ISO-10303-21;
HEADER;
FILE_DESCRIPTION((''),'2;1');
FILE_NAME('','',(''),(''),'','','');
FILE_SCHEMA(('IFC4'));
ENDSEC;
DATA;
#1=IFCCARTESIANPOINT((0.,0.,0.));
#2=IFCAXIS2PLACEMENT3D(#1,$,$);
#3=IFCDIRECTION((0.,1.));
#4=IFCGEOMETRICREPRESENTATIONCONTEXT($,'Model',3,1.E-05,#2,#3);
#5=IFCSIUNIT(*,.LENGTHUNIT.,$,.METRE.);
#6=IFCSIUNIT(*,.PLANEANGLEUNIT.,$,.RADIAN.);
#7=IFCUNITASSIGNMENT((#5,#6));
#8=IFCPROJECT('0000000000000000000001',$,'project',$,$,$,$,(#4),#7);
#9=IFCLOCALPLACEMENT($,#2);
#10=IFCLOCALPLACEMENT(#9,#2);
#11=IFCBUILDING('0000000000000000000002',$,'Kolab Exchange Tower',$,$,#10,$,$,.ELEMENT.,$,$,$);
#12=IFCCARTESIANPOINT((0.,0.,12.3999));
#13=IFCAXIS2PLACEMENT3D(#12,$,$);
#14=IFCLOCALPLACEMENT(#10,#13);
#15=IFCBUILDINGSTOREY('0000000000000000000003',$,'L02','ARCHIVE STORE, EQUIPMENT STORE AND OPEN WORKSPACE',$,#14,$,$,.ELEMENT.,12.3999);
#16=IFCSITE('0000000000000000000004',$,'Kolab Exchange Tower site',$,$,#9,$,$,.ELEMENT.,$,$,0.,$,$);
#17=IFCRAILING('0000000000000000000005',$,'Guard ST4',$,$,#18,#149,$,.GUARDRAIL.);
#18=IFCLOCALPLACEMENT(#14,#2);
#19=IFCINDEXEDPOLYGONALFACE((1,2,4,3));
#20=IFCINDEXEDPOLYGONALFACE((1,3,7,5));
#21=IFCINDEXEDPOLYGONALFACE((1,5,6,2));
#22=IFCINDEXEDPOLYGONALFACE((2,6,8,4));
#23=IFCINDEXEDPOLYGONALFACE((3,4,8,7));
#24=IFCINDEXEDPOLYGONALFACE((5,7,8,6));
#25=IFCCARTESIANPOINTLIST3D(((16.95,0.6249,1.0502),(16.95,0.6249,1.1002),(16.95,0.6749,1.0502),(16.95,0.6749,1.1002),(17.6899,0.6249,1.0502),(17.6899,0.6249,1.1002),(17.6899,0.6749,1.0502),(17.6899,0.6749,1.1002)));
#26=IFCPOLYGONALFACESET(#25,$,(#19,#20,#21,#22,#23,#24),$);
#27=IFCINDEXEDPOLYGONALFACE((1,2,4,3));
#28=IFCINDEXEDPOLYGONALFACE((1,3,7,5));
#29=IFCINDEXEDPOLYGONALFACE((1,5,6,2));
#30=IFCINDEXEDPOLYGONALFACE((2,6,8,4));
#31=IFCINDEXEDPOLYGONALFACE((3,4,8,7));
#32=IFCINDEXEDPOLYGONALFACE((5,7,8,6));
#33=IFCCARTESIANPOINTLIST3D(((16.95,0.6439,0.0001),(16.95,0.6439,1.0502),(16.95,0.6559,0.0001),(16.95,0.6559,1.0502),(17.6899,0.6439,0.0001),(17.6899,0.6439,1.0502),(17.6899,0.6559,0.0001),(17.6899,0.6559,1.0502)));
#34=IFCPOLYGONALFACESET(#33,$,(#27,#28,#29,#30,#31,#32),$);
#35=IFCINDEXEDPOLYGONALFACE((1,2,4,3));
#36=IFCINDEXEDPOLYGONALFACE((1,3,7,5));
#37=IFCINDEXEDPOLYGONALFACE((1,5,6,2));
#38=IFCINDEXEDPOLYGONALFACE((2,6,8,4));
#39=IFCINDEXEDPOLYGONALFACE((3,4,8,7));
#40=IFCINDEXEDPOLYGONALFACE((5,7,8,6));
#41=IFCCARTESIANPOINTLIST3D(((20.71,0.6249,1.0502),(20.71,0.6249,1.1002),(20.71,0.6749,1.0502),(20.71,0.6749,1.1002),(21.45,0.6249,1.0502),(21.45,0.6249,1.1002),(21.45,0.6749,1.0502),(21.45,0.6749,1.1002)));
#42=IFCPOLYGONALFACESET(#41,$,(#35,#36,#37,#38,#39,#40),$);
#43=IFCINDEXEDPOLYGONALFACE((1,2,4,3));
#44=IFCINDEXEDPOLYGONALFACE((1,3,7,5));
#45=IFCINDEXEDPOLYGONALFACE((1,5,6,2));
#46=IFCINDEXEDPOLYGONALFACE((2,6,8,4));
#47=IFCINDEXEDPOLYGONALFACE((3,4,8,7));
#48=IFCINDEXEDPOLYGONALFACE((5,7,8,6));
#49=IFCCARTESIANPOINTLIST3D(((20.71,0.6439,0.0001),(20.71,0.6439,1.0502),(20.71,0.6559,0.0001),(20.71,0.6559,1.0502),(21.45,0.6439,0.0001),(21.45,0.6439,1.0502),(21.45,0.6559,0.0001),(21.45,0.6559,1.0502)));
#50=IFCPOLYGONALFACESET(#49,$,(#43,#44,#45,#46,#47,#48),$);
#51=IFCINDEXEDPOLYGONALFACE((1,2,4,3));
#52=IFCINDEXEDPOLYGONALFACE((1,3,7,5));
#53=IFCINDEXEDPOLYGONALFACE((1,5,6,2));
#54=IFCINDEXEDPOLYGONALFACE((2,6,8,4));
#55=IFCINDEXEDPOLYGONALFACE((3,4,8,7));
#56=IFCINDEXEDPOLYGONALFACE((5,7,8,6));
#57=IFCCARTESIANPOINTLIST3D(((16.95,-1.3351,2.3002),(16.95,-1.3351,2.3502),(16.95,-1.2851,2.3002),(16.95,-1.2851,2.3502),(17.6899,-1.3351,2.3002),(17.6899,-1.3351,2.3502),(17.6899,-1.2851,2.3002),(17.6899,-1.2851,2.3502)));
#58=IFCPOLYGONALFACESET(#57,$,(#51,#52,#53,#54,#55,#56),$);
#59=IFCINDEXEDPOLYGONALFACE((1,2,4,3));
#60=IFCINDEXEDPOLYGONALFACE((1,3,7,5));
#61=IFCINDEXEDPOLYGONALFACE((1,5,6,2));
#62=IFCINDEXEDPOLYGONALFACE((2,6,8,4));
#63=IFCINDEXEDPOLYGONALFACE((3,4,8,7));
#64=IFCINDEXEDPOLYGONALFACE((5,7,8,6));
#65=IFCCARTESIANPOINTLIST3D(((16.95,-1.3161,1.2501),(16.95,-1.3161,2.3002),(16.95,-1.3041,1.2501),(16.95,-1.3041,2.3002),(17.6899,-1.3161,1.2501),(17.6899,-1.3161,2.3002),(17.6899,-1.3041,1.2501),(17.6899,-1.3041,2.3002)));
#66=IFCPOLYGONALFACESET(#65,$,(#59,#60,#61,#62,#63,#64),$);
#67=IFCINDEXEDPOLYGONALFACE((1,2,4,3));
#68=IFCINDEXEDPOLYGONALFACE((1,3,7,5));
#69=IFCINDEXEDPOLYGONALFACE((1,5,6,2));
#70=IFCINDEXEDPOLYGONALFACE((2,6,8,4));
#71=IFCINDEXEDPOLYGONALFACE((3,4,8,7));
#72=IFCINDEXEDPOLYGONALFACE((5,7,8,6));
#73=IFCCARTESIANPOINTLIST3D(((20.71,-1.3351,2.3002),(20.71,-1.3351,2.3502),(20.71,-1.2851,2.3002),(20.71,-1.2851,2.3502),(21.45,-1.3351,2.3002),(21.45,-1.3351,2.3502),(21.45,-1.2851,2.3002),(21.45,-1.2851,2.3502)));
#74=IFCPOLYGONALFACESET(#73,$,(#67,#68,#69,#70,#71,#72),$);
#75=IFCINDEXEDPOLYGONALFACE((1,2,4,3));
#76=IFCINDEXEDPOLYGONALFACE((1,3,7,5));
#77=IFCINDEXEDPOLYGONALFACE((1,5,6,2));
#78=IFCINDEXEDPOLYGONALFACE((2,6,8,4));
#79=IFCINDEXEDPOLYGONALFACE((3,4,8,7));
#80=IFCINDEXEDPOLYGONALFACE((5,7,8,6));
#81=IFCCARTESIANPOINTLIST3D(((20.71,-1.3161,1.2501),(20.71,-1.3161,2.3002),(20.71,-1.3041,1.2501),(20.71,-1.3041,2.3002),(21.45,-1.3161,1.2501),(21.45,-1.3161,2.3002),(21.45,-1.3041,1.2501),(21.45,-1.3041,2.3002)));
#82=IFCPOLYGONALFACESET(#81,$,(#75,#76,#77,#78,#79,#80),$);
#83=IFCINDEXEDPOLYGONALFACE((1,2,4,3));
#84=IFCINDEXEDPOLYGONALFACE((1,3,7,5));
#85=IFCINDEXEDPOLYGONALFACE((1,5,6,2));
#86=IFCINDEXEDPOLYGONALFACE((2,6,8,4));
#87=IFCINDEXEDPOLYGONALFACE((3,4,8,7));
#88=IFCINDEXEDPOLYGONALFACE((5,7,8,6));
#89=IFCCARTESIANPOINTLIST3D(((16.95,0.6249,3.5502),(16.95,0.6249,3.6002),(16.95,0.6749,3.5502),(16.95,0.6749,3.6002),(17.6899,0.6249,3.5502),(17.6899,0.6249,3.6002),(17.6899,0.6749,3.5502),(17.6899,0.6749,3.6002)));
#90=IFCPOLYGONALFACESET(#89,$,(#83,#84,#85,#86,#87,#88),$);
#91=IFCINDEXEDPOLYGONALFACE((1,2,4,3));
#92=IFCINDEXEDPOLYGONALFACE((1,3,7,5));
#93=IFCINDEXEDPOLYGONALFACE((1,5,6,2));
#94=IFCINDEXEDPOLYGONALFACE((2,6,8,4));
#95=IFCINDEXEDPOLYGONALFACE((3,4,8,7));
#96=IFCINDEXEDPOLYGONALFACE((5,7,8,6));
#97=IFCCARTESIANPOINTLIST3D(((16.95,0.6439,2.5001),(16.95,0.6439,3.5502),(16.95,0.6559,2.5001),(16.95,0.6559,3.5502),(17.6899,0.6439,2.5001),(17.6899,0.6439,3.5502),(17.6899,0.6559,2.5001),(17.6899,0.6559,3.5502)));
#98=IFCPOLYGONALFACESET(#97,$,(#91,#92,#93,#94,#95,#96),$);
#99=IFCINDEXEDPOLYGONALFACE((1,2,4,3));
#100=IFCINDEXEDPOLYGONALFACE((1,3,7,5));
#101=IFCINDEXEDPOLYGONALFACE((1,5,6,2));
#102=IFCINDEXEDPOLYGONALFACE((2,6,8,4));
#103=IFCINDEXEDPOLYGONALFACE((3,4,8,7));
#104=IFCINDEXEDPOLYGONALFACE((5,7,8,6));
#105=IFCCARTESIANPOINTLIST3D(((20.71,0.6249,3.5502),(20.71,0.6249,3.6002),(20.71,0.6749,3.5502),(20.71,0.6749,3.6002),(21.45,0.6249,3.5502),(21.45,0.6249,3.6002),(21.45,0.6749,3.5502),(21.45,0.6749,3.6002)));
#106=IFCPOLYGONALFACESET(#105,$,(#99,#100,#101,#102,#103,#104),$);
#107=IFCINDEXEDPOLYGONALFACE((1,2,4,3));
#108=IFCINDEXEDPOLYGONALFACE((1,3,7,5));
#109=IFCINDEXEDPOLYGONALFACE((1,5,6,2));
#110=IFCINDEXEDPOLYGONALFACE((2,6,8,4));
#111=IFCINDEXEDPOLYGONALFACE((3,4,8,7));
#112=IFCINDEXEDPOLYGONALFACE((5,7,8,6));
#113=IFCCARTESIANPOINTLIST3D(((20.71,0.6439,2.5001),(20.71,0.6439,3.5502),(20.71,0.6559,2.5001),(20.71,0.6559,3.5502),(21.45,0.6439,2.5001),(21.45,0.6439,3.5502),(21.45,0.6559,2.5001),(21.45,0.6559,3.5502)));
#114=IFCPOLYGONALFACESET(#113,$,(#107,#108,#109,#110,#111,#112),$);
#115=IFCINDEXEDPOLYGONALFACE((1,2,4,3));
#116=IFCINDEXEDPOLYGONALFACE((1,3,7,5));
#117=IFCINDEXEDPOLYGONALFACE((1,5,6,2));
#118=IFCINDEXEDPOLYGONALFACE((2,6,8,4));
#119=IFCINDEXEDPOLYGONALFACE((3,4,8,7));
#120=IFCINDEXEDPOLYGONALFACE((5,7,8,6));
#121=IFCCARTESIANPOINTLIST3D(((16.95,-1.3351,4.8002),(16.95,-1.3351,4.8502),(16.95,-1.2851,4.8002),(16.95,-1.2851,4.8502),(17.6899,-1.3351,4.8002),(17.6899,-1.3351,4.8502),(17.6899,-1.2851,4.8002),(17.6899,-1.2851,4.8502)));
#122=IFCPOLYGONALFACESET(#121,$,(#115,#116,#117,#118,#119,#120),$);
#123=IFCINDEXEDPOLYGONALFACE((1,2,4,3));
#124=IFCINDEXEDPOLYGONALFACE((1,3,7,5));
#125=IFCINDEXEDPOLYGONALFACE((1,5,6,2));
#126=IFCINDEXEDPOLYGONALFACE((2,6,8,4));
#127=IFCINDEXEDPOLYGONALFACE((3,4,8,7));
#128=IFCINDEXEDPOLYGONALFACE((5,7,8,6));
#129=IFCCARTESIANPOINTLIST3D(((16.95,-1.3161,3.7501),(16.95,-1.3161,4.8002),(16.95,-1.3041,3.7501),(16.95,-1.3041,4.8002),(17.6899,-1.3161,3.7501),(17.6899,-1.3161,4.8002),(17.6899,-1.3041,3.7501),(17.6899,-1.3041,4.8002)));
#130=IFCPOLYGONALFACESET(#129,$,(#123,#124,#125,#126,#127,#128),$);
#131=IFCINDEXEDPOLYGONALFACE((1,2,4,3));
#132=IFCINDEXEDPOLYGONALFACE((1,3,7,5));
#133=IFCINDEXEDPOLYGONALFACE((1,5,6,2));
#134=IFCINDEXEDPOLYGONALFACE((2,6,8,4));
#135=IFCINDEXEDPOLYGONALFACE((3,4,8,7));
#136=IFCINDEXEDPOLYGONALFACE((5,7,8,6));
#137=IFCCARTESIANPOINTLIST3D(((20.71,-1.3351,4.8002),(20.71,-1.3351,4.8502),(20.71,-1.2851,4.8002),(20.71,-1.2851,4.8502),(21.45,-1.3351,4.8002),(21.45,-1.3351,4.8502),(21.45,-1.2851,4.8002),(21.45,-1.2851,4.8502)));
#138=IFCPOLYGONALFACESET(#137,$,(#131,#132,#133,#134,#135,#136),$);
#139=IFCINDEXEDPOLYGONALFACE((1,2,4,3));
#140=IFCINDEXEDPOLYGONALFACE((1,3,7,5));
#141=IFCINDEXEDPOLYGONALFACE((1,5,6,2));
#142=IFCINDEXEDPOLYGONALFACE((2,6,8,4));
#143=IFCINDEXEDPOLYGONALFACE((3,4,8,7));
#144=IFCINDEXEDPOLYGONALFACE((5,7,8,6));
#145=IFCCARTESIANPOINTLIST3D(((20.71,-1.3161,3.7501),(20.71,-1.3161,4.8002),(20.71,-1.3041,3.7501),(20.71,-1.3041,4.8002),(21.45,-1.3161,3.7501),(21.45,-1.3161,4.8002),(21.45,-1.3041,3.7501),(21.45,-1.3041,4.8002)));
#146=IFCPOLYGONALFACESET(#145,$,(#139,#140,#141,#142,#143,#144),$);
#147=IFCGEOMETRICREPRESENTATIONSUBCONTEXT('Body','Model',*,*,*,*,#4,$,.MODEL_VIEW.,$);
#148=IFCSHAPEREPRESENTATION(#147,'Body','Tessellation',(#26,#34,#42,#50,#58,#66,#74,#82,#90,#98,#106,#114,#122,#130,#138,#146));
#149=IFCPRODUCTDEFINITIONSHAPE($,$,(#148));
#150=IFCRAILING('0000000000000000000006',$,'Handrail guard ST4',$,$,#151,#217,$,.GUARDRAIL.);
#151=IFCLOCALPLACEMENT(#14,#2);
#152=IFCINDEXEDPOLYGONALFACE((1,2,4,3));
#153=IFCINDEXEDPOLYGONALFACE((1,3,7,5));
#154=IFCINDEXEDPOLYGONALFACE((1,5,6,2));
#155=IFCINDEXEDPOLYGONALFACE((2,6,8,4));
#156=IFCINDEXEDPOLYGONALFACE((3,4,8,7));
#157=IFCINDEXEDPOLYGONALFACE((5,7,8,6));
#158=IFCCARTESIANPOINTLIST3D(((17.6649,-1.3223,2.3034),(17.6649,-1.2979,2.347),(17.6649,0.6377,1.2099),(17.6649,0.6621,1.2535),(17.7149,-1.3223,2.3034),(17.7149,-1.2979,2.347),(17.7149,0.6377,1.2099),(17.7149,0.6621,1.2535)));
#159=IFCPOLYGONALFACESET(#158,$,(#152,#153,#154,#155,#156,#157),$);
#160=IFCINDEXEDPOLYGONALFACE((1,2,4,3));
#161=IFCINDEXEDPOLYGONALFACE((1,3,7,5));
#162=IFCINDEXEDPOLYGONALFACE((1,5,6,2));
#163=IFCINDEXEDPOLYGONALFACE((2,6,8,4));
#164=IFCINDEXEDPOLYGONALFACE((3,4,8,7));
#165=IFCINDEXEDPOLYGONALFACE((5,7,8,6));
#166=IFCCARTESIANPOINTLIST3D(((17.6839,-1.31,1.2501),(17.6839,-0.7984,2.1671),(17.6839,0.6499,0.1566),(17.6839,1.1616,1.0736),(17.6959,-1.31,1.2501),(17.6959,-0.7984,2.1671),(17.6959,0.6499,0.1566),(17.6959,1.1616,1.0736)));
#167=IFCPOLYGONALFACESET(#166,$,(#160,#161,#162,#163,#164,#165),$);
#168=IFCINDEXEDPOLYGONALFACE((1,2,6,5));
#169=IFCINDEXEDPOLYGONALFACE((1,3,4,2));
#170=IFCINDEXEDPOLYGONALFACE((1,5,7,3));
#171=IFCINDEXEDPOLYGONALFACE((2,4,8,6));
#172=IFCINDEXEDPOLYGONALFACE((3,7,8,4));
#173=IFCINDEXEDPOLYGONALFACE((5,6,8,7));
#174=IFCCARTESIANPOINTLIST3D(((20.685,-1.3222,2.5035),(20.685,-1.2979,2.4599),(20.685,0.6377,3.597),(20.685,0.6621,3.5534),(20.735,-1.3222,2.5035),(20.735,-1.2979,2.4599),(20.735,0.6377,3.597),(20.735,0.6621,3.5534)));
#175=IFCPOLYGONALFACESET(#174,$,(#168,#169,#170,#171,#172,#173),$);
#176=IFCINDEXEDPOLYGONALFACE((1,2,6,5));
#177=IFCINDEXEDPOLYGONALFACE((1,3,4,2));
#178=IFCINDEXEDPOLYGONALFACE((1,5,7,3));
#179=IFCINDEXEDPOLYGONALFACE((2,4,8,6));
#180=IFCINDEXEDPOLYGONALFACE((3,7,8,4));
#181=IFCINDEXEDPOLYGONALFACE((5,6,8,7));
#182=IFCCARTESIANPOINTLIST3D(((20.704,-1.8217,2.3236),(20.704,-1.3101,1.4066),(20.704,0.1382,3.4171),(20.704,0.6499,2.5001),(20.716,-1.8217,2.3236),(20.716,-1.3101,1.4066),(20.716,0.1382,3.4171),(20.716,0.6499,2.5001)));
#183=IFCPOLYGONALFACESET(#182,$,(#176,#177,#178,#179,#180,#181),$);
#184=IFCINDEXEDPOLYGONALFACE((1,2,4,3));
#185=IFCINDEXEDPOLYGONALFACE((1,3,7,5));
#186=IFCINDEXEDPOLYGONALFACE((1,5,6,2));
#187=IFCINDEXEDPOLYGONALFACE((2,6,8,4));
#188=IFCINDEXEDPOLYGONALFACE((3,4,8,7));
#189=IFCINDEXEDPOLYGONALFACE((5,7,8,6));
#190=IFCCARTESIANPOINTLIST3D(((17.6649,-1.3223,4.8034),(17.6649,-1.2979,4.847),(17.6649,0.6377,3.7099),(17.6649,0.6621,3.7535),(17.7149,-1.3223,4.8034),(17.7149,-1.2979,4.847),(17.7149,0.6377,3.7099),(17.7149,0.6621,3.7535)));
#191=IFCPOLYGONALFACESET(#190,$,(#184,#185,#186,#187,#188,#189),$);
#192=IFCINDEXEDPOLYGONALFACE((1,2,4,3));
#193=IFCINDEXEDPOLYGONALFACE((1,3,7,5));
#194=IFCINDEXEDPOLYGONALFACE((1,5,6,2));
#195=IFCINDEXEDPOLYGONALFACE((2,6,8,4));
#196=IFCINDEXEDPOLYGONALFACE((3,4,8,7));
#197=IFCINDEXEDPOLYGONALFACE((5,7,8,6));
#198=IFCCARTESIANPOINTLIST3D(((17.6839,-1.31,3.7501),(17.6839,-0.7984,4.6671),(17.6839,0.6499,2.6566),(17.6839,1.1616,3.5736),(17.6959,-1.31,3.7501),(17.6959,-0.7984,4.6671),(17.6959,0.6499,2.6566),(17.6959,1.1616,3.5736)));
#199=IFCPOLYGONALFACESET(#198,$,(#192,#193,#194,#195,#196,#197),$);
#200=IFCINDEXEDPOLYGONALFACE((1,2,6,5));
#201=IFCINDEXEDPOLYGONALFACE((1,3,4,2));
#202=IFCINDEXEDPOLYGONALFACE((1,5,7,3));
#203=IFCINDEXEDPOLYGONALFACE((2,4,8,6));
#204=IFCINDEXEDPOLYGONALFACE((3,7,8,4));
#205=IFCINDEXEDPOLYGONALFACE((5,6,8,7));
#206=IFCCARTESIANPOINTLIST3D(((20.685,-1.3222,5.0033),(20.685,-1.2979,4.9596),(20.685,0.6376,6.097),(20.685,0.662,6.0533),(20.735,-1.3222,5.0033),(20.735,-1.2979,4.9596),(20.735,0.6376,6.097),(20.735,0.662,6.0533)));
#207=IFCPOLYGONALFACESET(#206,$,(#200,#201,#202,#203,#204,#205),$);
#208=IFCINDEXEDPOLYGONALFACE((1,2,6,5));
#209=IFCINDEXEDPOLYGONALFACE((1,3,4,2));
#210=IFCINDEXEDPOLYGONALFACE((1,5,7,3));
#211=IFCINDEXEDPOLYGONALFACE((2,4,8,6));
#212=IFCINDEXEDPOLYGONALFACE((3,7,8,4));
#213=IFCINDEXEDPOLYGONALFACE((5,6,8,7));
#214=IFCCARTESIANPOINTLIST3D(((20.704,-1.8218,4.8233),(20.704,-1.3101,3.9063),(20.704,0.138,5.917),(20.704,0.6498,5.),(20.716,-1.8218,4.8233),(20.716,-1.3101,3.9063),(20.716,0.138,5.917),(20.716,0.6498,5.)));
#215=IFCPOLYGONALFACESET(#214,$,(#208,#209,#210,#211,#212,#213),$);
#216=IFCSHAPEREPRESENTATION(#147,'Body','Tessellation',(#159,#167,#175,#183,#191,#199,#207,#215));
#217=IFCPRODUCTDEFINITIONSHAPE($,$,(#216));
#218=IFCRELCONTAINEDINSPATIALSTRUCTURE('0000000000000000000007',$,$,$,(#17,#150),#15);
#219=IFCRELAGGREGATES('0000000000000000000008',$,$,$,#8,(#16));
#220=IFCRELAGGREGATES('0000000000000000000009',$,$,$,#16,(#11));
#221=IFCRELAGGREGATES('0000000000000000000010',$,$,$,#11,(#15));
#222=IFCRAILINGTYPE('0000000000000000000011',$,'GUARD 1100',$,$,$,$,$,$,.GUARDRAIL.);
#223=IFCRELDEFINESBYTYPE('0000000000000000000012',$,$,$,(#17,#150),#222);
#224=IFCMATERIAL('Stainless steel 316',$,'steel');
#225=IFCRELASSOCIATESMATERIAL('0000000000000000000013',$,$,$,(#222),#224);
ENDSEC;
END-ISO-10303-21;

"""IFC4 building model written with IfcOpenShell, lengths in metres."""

from ifc_helpers import new_model, si_unit, direction, frame, frame_2d, origin, origin_2d, place, context, subcontext, project, spatial, rectangle, extrude, material, type_object, element, save


model = new_model("IFC4")

# Units and contexts
model_context = context("Model", 3, precision=1e-05, world=origin(), true_north=direction((0.0, 1.0)))
body_context = subcontext(model_context, "Body", "Model", "MODEL_VIEW")
ifc_project = project(units=[si_unit("LENGTHUNIT", "METRE"), si_unit("PLANEANGLEUNIT", "RADIAN")], contexts=[model_context])

# Site, building, storey
site_placement = place(None, origin())
site = spatial("IfcSite", under=ifc_project, at=site_placement, Name="Kolab Exchange Tower site", CompositionType="ELEMENT", RefElevation=0.0)
building_placement = place(site_placement, origin())
building = spatial("IfcBuilding", under=site, at=building_placement, Name="Kolab Exchange Tower", CompositionType="ELEMENT")
storey_placement = place(building_placement, frame((0.0, 0.0, 12.3999)))
storey = spatial("IfcBuildingStorey", under=building, at=storey_placement, Name="L02", Description="ARCHIVE STORE, EQUIPMENT STORE AND OPEN WORKSPACE", CompositionType="ELEMENT", Elevation=12.3999)

# Railings
ifc_material_1 = material(Name="Stainless steel 316", Category="steel")
railing_type = type_object("IfcRailingType", Name="GUARD 1100", PredefinedType="GUARDRAIL", material=ifc_material_1)
railing_1_placement = place(storey_placement, frame((16.95, 0.6499, 0.0)))
element("IfcRailing", 1, at=railing_1_placement, inside=storey, type_object=railing_type, Name="Guard ST4", PredefinedType="GUARDRAIL", context=body_context, shape_type="SweptSolid", body=[
    extrude(rectangle(XDim=0.05, YDim=0.05, at=origin_2d()), frame((0.0, 0.0, 1.0752), z_axis=(1.0, 0.0, 0.0), x_axis=(0.0, 1.0, 0.0)), (0.0, 0.0, 1.0), 0.74),
    extrude(rectangle(XDim=0.012, YDim=1.0501, at=frame_2d((0.0, 0.5251))), frame((0.0, 0.0, 0.0), z_axis=(1.0, 0.0, 0.0), x_axis=(0.0, 1.0, 0.0)), (0.0, 0.0, 1.0), 0.74),
    extrude(rectangle(XDim=0.05, YDim=0.05, at=origin_2d()), frame((3.76, 0.0, 1.0752), z_axis=(1.0, 0.0, 0.0), x_axis=(0.0, 1.0, 0.0)), (0.0, 0.0, 1.0), 0.74),
    extrude(rectangle(XDim=0.012, YDim=1.0501, at=frame_2d((0.0, 0.5251))), frame((3.76, 0.0, 0.0), z_axis=(1.0, 0.0, 0.0), x_axis=(0.0, 1.0, 0.0)), (0.0, 0.0, 1.0), 0.74),
    extrude(rectangle(XDim=0.05, YDim=0.05, at=origin_2d()), frame((0.0, -1.96, 2.3252), z_axis=(1.0, 0.0, 0.0), x_axis=(0.0, 1.0, 0.0)), (0.0, 0.0, 1.0), 0.74),
    extrude(rectangle(XDim=0.012, YDim=1.0501, at=frame_2d((0.0, 0.5251))), frame((0.0, -1.96, 1.25), z_axis=(1.0, 0.0, 0.0), x_axis=(0.0, 1.0, 0.0)), (0.0, 0.0, 1.0), 0.74),
    extrude(rectangle(XDim=0.05, YDim=0.05, at=origin_2d()), frame((3.76, -1.96, 2.3252), z_axis=(1.0, 0.0, 0.0), x_axis=(0.0, 1.0, 0.0)), (0.0, 0.0, 1.0), 0.74),
    extrude(rectangle(XDim=0.012, YDim=1.0501, at=frame_2d((0.0, 0.5251))), frame((3.76, -1.96, 1.25), z_axis=(1.0, 0.0, 0.0), x_axis=(0.0, 1.0, 0.0)), (0.0, 0.0, 1.0), 0.74),
    extrude(rectangle(XDim=0.05, YDim=0.05, at=origin_2d()), frame((0.0, 0.0, 3.5752), z_axis=(1.0, 0.0, 0.0), x_axis=(0.0, 1.0, 0.0)), (0.0, 0.0, 1.0), 0.74),
    extrude(rectangle(XDim=0.012, YDim=1.0501, at=frame_2d((0.0, 0.5251))), frame((0.0, 0.0, 2.5), z_axis=(1.0, 0.0, 0.0), x_axis=(0.0, 1.0, 0.0)), (0.0, 0.0, 1.0), 0.74),
    extrude(rectangle(XDim=0.05, YDim=0.05, at=origin_2d()), frame((3.76, 0.0, 3.5752), z_axis=(1.0, 0.0, 0.0), x_axis=(0.0, 1.0, 0.0)), (0.0, 0.0, 1.0), 0.74),
    extrude(rectangle(XDim=0.012, YDim=1.0501, at=frame_2d((0.0, 0.5251))), frame((3.76, 0.0, 2.5), z_axis=(1.0, 0.0, 0.0), x_axis=(0.0, 1.0, 0.0)), (0.0, 0.0, 1.0), 0.74),
    extrude(rectangle(XDim=0.05, YDim=0.05, at=origin_2d()), frame((0.0, -1.96, 4.8252), z_axis=(1.0, 0.0, 0.0), x_axis=(0.0, 1.0, 0.0)), (0.0, 0.0, 1.0), 0.74),
    extrude(rectangle(XDim=0.012, YDim=1.0501, at=frame_2d((0.0, 0.5251))), frame((0.0, -1.96, 3.75), z_axis=(1.0, 0.0, 0.0), x_axis=(0.0, 1.0, 0.0)), (0.0, 0.0, 1.0), 0.74),
    extrude(rectangle(XDim=0.05, YDim=0.05, at=origin_2d()), frame((3.76, -1.96, 4.8252), z_axis=(1.0, 0.0, 0.0), x_axis=(0.0, 1.0, 0.0)), (0.0, 0.0, 1.0), 0.74),
    extrude(rectangle(XDim=0.012, YDim=1.0501, at=frame_2d((0.0, 0.5251))), frame((3.76, -1.96, 3.75), z_axis=(1.0, 0.0, 0.0), x_axis=(0.0, 1.0, 0.0)), (0.0, 0.0, 1.0), 0.74),
])
railing_2_placement = place(storey_placement, frame((17.6899, 0.6499, 0.1565)))
element("IfcRailing", 2, at=railing_2_placement, inside=storey, type_object=railing_type, Name="Handrail guard ST4", PredefinedType="GUARDRAIL", context=body_context, shape_type="SweptSolid", body=[
    extrude(rectangle(XDim=0.05, YDim=0.05, at=origin_2d()), frame((0.0, 0.0, 1.0752), z_axis=(0.0, -0.873278, 0.487221), x_axis=(1.0, 0.0, 0.0)), (0.0, 0.0, 1.0), 2.2444),
    extrude(rectangle(XDim=0.012, YDim=1.0501, at=frame_2d((0.0, 0.5251))), frame((0.0, 0.0, 0.0), z_axis=(0.0, -0.873278, 0.487221), x_axis=(1.0, 0.0, 0.0)), (0.0, 0.0, 1.0), 2.2444),
    extrude(rectangle(XDim=0.05, YDim=0.05, at=origin_2d()), frame((3.02, -1.96, 2.3252), z_axis=(0.0, 0.873278, 0.487221), x_axis=(-1.0, 0.0, 0.0)), (0.0, 0.0, 1.0), 2.2444),
    extrude(rectangle(XDim=0.012, YDim=1.0501, at=frame_2d((0.0, 0.5251))), frame((3.02, -1.96, 1.25), z_axis=(0.0, 0.873278, 0.487221), x_axis=(-1.0, 0.0, 0.0)), (0.0, 0.0, 1.0), 2.2444),
    extrude(rectangle(XDim=0.05, YDim=0.05, at=origin_2d()), frame((0.0, 0.0, 3.5752), z_axis=(0.0, -0.873278, 0.487221), x_axis=(1.0, 0.0, 0.0)), (0.0, 0.0, 1.0), 2.2444),
    extrude(rectangle(XDim=0.012, YDim=1.0501, at=frame_2d((0.0, 0.5251))), frame((0.0, 0.0, 2.5), z_axis=(0.0, -0.873278, 0.487221), x_axis=(1.0, 0.0, 0.0)), (0.0, 0.0, 1.0), 2.2444),
    extrude(rectangle(XDim=0.05, YDim=0.05, at=origin_2d()), frame((3.02, -1.96, 4.825), z_axis=(0.0, 0.873232, 0.487304), x_axis=(-1.0, 0.0, 0.0)), (0.0, 0.0, 1.0), 2.2444),
    extrude(rectangle(XDim=0.012, YDim=1.0501, at=frame_2d((0.0, 0.5251))), frame((3.02, -1.96, 3.7498), z_axis=(0.0, 0.873232, 0.487304), x_axis=(-1.0, 0.0, 0.0)), (0.0, 0.0, 1.0), 2.2444),
])

save(model, "model.ifc")
